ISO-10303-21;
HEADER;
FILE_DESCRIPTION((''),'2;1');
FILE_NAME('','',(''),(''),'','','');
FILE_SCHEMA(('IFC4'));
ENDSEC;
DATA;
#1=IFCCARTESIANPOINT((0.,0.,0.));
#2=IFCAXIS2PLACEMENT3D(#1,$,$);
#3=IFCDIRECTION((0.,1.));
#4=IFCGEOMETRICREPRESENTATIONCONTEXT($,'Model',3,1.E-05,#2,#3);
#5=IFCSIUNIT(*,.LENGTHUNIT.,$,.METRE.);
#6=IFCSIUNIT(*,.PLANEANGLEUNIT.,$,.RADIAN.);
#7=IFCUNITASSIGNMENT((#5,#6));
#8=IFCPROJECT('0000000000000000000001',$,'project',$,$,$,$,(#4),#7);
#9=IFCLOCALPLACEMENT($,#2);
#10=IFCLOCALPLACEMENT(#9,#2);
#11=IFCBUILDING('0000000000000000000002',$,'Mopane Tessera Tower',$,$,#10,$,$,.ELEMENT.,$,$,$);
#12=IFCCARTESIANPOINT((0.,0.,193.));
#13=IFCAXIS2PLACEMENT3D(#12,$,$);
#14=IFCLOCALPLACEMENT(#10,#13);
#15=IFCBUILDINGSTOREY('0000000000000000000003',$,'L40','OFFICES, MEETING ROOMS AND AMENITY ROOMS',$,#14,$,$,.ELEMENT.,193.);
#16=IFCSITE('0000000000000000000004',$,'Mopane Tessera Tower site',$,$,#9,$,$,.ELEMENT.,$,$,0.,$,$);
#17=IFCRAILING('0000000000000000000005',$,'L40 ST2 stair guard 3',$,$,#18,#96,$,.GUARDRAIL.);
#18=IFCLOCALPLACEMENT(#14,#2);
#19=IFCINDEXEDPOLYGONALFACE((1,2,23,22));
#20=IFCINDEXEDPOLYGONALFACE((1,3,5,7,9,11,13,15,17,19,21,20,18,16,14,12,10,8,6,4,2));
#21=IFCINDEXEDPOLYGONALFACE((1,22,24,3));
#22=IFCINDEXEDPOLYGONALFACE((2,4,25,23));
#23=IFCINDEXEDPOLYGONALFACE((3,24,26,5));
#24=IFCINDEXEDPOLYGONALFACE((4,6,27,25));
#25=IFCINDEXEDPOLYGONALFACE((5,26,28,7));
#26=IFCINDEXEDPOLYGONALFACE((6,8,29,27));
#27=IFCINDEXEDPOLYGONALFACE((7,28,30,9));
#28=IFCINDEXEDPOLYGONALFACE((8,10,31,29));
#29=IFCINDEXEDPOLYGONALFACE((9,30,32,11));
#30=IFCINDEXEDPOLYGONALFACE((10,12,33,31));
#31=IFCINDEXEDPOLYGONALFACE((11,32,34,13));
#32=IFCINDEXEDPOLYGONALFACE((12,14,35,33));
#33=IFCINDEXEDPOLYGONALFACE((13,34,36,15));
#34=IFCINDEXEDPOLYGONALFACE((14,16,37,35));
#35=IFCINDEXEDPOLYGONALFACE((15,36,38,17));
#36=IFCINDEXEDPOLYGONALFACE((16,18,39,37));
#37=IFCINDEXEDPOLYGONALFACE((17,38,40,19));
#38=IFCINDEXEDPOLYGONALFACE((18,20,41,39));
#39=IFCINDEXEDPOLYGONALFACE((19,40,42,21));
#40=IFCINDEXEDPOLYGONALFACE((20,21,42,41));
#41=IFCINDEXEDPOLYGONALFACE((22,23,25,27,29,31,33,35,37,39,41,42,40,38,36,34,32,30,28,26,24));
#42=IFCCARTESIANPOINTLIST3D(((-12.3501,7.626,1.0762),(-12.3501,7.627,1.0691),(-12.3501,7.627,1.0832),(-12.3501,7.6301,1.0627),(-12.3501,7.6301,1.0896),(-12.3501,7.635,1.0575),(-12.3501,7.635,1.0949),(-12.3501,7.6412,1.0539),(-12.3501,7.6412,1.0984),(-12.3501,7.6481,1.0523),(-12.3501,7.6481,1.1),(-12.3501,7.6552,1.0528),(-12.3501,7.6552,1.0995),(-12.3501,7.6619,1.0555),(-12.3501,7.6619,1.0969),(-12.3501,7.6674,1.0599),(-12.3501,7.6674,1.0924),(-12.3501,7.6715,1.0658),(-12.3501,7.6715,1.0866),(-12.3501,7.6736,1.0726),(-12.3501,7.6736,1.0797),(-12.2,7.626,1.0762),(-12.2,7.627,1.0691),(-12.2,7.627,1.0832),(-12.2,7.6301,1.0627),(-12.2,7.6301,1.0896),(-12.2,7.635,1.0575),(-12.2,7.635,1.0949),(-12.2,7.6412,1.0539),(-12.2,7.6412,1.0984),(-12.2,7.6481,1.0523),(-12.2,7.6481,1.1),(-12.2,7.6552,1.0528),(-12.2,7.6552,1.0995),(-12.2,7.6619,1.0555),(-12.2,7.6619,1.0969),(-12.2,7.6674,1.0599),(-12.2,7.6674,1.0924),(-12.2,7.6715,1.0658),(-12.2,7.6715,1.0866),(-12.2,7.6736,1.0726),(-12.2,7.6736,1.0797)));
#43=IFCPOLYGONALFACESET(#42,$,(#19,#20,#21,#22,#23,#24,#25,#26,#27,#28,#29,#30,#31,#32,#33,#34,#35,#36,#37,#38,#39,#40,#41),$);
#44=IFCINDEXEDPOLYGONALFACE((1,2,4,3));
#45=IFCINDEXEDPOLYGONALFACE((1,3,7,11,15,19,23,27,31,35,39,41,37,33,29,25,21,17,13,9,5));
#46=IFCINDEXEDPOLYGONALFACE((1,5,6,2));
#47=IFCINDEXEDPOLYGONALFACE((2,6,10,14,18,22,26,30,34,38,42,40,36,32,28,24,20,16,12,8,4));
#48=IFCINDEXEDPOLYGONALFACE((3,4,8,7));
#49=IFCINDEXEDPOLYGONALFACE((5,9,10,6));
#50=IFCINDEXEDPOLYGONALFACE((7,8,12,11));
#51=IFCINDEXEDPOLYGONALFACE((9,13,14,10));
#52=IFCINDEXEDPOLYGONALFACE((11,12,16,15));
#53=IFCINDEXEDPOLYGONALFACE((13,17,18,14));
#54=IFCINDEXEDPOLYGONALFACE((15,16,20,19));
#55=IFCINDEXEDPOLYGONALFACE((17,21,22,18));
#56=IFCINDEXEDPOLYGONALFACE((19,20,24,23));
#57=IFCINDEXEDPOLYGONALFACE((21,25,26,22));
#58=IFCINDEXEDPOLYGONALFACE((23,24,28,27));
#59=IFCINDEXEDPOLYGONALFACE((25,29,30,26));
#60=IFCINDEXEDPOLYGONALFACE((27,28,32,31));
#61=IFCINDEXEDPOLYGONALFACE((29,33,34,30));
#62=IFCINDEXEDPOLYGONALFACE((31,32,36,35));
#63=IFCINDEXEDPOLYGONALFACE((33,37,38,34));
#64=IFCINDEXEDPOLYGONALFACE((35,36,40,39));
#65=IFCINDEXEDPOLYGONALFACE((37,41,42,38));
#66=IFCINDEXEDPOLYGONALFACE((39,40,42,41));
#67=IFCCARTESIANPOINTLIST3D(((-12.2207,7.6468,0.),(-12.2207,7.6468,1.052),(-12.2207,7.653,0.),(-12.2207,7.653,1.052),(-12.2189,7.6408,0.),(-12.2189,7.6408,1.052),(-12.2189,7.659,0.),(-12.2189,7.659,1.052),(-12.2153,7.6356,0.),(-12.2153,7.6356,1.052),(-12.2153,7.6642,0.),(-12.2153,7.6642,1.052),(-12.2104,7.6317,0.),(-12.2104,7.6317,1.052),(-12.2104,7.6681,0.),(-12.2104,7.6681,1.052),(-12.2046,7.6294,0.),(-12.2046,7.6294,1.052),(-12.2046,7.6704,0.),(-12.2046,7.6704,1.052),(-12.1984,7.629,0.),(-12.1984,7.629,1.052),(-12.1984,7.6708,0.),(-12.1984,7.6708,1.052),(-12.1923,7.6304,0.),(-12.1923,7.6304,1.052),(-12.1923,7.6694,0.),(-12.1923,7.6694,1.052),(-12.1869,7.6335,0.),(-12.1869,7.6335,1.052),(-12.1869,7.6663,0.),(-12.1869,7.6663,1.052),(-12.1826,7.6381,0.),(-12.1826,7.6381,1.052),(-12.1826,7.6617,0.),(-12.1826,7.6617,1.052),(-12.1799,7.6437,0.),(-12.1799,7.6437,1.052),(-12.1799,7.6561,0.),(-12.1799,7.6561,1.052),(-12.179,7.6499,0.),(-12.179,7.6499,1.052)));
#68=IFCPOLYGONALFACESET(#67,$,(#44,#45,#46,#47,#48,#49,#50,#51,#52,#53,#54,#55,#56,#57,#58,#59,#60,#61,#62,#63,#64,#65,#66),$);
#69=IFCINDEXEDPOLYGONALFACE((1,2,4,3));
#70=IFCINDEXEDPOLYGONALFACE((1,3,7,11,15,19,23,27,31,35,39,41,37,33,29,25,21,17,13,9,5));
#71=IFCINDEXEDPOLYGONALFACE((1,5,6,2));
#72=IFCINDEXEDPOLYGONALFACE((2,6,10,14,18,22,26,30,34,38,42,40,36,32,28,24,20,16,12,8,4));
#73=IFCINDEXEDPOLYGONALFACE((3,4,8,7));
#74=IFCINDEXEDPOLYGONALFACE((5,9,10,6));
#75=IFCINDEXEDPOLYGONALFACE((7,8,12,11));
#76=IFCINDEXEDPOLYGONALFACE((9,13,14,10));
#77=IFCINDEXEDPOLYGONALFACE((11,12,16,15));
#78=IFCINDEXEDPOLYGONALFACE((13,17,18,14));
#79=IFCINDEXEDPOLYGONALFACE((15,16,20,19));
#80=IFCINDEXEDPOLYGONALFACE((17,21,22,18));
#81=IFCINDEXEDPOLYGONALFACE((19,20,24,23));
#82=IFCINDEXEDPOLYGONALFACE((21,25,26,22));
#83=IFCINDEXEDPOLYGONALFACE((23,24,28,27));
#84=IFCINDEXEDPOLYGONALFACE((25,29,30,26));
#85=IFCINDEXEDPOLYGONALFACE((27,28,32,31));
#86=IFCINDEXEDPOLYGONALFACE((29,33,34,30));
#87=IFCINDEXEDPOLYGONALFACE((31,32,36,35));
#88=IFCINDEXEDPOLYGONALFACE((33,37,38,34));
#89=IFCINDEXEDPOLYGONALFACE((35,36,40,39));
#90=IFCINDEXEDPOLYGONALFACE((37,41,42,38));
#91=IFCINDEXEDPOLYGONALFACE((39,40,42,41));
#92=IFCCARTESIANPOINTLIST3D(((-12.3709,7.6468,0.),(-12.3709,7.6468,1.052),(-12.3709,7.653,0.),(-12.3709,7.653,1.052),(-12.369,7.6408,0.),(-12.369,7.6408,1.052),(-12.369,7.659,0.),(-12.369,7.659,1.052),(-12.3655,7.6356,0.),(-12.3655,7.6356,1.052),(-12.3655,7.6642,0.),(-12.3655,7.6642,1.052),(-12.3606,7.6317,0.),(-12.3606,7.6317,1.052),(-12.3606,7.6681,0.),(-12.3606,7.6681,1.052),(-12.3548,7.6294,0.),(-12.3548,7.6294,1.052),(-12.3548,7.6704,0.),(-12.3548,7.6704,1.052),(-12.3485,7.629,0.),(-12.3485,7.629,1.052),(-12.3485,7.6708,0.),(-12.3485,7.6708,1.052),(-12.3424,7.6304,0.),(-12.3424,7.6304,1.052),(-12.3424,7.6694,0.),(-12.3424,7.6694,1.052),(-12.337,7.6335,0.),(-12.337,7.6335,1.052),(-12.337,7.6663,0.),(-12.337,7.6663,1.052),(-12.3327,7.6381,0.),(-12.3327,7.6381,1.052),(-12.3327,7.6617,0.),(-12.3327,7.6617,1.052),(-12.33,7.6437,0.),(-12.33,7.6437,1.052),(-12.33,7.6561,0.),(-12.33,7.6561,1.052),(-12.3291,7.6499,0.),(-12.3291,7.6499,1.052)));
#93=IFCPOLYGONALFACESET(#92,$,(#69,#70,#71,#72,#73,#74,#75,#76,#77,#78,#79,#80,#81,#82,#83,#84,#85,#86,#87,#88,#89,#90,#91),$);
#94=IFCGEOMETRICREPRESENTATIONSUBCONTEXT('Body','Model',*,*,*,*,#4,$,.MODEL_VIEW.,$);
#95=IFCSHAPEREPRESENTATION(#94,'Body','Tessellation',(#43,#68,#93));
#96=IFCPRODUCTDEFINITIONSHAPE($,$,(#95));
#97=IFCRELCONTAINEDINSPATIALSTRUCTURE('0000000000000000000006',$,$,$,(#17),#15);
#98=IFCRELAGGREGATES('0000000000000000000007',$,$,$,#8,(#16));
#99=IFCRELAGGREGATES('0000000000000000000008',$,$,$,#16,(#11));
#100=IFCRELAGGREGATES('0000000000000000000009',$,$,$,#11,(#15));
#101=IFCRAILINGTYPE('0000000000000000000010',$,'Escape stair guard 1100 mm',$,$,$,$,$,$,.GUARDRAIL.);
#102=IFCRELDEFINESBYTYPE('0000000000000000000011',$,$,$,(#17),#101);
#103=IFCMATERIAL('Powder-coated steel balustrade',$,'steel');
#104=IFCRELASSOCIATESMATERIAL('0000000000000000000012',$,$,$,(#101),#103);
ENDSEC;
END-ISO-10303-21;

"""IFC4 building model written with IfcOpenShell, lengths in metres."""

from ifc_helpers import new_model, si_unit, direction, frame, origin, origin_2d, place, context, subcontext, project, spatial, circle, extrude, material, type_object, element, save


model = new_model("IFC4")

# Units and contexts
model_context = context("Model", 3, precision=1e-05, world=origin(), true_north=direction((0.0, 1.0)))
body_context = subcontext(model_context, "Body", "Model", "MODEL_VIEW")
ifc_project = project(units=[si_unit("LENGTHUNIT", "METRE"), si_unit("PLANEANGLEUNIT", "RADIAN")], contexts=[model_context])

# Site, building, storey
site_placement = place(None, origin())
site = spatial("IfcSite", under=ifc_project, at=site_placement, Name="Mopane Tessera Tower site", CompositionType="ELEMENT", RefElevation=0.0)
building_placement = place(site_placement, origin())
building = spatial("IfcBuilding", under=site, at=building_placement, Name="Mopane Tessera Tower", CompositionType="ELEMENT")
storey_placement = place(building_placement, frame((0.0, 0.0, 193.0)))
storey = spatial("IfcBuildingStorey", under=building, at=storey_placement, Name="L40", Description="OFFICES, MEETING ROOMS AND AMENITY ROOMS", CompositionType="ELEMENT", Elevation=193.0)

# Railing
ifc_material_1 = material(Name="Powder-coated steel balustrade", Category="steel")
railing_type = type_object("IfcRailingType", Name="Escape stair guard 1100 mm", PredefinedType="GUARDRAIL", material=ifc_material_1)
railing_1_placement = place(storey_placement, frame((-12.2, 7.6499, 0.0)))
element("IfcRailing", 1, at=railing_1_placement, inside=storey, type_object=railing_type, Name="L40 ST2 stair guard 3", PredefinedType="GUARDRAIL", context=body_context, shape_type="SweptSolid", body=[
    extrude(circle(Radius=0.0239, at=origin_2d()), frame((0.0, 0.0, 1.0762), z_axis=(-1.0, 0.0, 0.0), x_axis=(0.0, -1.0, 0.0)), (0.0, 0.0, 1.0), 0.1501),
    extrude(circle(Radius=0.021, at=origin_2d()), origin(), (0.0, 0.0, 1.0), 1.052),
    extrude(circle(Radius=0.021, at=origin_2d()), frame((-0.1501, 0.0, 0.0)), (0.0, 0.0, 1.0), 1.052),
])

save(model, "model.ifc")
